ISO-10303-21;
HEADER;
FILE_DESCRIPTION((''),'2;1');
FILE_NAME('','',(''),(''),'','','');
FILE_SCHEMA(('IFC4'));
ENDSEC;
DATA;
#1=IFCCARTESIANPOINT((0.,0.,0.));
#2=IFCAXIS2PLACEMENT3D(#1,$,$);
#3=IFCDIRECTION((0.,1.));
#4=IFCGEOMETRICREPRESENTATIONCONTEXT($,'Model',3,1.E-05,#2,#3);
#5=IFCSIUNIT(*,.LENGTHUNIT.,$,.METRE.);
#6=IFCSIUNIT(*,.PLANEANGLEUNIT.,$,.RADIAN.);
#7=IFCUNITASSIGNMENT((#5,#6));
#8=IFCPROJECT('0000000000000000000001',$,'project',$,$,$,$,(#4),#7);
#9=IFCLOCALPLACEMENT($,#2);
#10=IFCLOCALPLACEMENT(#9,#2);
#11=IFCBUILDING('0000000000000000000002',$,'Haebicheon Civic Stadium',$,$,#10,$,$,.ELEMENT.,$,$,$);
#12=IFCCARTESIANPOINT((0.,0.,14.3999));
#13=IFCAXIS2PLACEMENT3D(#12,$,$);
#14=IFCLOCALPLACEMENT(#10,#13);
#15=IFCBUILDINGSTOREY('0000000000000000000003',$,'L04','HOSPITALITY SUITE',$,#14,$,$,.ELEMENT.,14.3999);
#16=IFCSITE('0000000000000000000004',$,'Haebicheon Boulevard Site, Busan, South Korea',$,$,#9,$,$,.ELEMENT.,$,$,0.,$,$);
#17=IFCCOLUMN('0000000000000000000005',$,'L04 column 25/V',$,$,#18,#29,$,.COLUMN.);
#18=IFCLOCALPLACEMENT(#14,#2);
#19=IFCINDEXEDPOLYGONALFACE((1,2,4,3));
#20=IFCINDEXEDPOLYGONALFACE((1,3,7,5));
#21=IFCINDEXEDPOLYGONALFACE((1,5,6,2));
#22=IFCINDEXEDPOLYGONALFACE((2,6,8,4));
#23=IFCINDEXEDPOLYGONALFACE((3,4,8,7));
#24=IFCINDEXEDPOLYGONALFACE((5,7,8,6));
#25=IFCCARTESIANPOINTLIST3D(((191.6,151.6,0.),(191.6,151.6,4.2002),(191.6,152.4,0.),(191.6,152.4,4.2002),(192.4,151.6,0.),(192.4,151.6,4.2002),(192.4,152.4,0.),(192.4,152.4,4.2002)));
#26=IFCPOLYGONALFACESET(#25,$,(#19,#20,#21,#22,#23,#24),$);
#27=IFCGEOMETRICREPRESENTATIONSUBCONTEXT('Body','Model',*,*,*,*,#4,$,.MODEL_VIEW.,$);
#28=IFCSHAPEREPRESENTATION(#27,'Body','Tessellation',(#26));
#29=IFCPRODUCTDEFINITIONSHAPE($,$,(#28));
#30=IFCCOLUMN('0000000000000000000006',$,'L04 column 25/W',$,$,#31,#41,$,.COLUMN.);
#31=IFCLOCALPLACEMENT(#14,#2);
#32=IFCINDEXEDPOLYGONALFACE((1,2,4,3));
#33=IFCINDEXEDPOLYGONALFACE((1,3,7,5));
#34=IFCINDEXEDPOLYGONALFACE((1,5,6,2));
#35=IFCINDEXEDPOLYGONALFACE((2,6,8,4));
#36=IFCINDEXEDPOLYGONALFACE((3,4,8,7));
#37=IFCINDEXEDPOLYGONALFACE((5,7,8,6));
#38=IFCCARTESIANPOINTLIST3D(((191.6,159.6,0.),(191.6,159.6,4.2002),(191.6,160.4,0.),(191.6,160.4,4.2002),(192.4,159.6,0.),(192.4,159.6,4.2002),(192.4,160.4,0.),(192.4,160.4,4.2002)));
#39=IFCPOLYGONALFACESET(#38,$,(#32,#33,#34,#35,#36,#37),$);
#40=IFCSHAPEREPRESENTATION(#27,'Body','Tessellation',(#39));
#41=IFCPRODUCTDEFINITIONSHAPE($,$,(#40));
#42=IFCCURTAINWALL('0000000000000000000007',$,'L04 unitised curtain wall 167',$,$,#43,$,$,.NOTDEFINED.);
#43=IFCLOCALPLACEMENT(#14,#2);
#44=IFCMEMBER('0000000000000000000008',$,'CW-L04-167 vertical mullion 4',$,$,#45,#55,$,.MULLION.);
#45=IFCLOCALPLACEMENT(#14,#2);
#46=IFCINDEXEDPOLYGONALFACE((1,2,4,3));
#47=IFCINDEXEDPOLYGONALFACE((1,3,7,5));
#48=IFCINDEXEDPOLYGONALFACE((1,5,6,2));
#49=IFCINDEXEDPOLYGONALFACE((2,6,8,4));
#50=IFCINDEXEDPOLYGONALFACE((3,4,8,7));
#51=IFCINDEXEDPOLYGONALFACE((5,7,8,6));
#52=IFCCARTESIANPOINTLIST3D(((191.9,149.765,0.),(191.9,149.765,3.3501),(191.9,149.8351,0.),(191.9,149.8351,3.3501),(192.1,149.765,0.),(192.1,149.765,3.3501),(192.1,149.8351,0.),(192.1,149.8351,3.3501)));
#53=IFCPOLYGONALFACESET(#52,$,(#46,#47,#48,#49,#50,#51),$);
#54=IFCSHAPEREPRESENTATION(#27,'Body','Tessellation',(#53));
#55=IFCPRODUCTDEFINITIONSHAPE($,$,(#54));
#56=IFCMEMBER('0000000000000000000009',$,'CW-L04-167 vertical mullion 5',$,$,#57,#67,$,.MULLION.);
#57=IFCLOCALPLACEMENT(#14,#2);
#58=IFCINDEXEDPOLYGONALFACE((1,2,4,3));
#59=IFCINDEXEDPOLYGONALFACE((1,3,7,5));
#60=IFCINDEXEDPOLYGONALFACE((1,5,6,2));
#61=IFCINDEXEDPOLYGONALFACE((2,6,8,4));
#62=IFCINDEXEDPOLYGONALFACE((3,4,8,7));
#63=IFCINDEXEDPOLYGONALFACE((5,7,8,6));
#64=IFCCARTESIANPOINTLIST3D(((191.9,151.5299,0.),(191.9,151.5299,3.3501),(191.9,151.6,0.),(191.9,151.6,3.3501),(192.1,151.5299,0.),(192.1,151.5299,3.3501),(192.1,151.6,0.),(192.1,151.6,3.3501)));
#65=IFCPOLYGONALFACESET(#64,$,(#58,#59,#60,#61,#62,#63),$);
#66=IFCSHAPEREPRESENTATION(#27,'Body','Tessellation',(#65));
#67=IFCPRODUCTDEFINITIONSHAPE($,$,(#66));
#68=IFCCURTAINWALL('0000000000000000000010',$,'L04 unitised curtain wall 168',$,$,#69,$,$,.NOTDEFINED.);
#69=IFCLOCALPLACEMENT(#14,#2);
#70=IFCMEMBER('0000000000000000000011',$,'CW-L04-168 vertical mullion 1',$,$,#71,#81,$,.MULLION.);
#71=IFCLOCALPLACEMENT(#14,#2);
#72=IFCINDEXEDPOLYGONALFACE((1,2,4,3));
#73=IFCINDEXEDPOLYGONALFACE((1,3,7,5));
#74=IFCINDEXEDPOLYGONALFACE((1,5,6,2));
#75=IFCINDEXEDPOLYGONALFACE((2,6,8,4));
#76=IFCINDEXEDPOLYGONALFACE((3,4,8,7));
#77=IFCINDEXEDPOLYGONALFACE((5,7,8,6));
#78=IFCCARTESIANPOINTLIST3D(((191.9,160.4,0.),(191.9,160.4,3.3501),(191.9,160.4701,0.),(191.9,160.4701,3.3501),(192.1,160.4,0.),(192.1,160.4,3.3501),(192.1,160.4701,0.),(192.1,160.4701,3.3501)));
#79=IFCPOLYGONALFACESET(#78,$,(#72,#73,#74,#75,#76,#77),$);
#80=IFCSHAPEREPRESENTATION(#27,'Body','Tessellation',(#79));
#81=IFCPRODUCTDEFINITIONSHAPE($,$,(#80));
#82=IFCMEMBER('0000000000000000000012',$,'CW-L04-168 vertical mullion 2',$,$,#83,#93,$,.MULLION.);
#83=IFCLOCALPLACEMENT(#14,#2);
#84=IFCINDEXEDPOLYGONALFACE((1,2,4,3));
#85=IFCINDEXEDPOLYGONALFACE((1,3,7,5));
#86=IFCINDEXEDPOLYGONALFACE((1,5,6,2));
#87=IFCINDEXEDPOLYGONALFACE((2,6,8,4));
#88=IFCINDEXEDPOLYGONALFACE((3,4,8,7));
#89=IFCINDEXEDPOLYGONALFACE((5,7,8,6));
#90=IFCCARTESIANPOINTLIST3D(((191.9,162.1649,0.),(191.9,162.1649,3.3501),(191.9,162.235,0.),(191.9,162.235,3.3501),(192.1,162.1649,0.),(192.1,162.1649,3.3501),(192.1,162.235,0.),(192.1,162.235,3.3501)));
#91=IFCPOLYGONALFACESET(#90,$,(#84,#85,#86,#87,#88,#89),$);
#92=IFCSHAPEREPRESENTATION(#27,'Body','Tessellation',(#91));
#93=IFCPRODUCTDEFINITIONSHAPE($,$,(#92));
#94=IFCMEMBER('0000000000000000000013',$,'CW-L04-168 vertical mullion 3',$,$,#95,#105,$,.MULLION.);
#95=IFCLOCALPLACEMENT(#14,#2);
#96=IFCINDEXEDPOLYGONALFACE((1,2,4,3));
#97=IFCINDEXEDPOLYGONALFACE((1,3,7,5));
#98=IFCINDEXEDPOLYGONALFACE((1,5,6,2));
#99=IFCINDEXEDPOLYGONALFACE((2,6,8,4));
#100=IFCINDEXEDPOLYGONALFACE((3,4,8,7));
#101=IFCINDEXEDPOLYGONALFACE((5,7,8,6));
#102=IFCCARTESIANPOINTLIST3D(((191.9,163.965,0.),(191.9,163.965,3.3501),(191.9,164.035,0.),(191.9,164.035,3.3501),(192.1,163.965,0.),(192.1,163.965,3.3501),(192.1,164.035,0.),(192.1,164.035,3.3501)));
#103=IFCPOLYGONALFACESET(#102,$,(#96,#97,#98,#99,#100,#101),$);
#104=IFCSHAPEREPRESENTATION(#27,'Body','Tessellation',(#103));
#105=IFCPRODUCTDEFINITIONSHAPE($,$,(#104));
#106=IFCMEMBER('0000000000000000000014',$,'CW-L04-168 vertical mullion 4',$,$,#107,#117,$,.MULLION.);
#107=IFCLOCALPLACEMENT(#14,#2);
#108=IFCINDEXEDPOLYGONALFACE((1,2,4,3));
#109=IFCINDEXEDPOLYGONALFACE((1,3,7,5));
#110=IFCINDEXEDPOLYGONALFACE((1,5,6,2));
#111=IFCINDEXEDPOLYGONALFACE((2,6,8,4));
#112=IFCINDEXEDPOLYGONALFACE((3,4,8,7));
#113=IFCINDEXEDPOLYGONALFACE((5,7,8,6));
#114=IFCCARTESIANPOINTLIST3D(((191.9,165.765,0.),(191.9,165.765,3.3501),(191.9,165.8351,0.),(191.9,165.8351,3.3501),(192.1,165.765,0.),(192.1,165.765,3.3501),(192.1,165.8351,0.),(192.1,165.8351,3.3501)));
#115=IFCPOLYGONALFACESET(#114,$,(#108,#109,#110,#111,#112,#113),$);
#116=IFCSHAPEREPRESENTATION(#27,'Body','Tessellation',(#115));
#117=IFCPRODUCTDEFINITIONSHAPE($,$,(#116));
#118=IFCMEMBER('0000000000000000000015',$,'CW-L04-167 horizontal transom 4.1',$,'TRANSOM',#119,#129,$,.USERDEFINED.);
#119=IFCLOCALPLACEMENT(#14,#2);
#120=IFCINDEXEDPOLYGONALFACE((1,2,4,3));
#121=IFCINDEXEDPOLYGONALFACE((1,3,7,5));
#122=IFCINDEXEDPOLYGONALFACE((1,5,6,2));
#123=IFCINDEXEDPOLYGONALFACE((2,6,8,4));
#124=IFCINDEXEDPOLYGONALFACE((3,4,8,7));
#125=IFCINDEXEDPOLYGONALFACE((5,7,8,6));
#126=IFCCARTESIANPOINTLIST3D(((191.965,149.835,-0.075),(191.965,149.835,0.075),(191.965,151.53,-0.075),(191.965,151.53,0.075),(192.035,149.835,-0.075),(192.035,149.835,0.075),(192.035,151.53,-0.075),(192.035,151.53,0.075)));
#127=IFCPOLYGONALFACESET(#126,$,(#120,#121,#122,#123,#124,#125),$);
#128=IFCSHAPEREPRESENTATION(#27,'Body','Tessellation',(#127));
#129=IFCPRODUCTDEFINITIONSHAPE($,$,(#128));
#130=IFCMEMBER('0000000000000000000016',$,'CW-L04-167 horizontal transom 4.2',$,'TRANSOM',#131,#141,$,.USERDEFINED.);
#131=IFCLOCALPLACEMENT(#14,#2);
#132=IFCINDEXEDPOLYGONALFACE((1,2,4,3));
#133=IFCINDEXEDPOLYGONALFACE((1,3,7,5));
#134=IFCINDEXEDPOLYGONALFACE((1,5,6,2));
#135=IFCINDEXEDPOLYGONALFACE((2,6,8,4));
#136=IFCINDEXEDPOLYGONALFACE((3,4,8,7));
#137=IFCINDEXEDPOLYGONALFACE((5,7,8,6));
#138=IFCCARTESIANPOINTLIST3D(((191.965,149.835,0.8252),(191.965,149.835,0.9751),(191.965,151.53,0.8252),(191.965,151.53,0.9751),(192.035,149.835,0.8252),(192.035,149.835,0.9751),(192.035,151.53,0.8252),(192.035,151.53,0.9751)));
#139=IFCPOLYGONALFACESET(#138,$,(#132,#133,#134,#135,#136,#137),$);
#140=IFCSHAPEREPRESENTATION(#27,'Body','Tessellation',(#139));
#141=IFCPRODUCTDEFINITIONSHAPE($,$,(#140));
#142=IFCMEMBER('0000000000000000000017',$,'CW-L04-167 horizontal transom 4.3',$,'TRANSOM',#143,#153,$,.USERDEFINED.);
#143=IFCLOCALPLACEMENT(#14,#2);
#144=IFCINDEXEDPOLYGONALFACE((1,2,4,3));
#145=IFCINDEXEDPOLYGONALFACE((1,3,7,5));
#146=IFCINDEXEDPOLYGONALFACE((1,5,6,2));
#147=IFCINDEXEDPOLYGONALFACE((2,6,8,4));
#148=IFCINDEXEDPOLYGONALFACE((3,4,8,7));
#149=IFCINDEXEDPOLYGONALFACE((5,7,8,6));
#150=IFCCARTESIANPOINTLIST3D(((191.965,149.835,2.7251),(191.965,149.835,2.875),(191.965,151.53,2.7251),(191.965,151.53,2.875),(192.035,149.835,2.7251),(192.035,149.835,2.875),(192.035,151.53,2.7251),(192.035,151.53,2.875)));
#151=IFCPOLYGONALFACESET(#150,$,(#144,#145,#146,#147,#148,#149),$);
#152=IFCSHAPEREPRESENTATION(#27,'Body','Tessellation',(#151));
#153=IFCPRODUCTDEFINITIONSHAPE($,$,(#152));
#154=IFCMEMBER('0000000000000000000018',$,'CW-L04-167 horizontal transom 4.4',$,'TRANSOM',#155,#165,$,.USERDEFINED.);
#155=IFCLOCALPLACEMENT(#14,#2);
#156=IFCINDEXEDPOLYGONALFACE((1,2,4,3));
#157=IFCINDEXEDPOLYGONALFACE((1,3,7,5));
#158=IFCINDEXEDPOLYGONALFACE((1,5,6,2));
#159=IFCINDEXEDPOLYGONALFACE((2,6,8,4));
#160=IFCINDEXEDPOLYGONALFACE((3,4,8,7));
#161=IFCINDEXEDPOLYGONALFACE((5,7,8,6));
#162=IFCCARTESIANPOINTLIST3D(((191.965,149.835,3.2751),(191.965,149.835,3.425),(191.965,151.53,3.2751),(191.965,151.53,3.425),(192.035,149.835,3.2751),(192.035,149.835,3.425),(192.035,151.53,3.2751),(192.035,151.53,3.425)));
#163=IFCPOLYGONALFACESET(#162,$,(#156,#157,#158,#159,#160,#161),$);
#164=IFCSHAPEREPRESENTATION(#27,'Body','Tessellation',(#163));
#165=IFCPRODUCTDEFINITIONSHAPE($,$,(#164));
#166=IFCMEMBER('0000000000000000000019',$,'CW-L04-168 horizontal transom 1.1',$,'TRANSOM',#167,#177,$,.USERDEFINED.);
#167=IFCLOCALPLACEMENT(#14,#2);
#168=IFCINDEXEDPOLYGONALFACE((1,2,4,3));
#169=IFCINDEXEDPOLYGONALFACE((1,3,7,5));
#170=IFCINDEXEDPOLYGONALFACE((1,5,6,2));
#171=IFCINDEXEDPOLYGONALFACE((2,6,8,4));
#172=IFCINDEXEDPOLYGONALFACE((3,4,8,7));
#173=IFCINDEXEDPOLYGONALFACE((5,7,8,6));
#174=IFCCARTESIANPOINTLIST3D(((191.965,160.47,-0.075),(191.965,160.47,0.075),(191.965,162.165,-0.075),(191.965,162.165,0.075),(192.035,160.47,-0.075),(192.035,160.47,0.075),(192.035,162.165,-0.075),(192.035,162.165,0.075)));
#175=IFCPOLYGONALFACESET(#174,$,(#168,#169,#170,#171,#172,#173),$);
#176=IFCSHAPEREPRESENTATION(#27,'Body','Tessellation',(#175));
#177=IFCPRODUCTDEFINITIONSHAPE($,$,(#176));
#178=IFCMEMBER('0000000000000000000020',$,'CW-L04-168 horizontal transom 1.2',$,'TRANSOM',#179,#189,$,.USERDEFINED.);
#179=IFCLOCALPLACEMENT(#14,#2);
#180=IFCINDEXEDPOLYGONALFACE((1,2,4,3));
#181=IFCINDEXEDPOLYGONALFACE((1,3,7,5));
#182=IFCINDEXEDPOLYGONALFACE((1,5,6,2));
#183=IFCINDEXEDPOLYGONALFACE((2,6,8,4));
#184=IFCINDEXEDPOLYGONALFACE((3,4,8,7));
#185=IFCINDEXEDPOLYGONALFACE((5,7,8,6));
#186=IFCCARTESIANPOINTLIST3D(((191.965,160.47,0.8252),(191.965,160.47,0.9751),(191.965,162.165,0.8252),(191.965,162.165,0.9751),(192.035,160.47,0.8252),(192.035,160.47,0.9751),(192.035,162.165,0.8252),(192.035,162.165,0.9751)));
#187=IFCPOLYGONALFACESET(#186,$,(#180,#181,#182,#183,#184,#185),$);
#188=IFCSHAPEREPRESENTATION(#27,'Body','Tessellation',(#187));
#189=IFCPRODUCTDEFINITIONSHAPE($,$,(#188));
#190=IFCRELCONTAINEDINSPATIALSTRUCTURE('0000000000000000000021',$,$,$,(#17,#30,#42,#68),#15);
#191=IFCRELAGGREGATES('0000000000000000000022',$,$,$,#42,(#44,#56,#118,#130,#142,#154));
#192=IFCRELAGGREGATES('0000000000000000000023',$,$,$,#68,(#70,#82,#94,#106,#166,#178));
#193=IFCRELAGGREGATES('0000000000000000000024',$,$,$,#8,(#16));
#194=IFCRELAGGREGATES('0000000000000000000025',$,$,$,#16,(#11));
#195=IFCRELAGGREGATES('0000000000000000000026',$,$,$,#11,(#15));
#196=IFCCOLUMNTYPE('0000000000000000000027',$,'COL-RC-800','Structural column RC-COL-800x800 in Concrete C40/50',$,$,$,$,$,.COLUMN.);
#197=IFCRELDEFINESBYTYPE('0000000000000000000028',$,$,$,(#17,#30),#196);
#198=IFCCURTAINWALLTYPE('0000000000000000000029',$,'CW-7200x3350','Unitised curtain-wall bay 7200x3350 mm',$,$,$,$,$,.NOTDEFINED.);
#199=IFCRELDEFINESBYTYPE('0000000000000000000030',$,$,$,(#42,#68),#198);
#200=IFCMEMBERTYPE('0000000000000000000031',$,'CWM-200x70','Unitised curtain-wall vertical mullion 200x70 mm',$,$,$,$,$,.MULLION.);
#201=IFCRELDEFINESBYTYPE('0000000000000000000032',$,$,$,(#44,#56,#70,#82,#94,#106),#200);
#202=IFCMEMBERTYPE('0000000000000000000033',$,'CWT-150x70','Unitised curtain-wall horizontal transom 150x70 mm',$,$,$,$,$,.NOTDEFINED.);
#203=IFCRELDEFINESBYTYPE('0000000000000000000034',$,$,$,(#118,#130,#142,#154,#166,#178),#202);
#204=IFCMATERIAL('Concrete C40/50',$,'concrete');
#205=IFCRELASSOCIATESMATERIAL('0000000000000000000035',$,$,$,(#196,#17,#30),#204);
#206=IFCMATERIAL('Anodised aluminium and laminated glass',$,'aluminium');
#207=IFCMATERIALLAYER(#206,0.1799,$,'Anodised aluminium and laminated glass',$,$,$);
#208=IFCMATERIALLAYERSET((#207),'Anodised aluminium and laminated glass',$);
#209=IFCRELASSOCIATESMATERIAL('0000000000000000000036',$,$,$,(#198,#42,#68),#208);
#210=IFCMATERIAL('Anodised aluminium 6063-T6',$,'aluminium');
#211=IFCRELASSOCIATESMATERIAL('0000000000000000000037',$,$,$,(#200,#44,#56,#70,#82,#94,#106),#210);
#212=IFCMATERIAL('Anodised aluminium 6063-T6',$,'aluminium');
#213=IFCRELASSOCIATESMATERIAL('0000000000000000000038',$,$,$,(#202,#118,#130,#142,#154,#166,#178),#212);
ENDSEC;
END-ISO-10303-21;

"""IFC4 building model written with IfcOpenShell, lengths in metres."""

from ifc_helpers import new_model, si_unit, direction, frame, origin, origin_2d, place, context, subcontext, project, spatial, rectangle, extrude, material, layer, layer_set, material_profile, profile_set, type_object, element, aggregate, save


model = new_model("IFC4")

# Units and contexts
model_context = context("Model", 3, precision=1e-05, world=origin(), true_north=direction((0.0, 1.0)))
body_context = subcontext(model_context, "Body", "Model", "MODEL_VIEW")
ifc_project = project(units=[si_unit("LENGTHUNIT", "METRE"), si_unit("PLANEANGLEUNIT", "RADIAN")], contexts=[model_context])

# Site, building, storey
site_placement = place(None, origin())
site = spatial("IfcSite", under=ifc_project, at=site_placement, Name="Haebicheon Boulevard Site, Busan, South Korea", CompositionType="ELEMENT", RefElevation=0.0)
building_placement = place(site_placement, origin())
building = spatial("IfcBuilding", under=site, at=building_placement, Name="Haebicheon Civic Stadium", CompositionType="ELEMENT")
storey_placement = place(building_placement, frame((0.0, 0.0, 14.3999)))
storey = spatial("IfcBuildingStorey", under=building, at=storey_placement, Name="L04", Description="HOSPITALITY SUITE", CompositionType="ELEMENT", Elevation=14.3999)

# Columns
ifc_material_1 = material(Name="Concrete C40/50", Category="concrete")
ifc_material_profile_1 = material_profile(ifc_material_1, rectangle(XDim=0.8, YDim=0.8, at=origin_2d()), Name="RC-COL-800x800")
ifc_profile_set_1 = profile_set([ifc_material_profile_1], Name="Concrete C40/50")
column_type = type_object("IfcColumnType", Name="COL-RC-800", Description="Structural column RC-COL-800x800 in Concrete C40/50", PredefinedType="COLUMN", material=ifc_profile_set_1)
for number, where, z_axis, x_axis, name in (
    (1, (192.0, 152.0, 0.0), (0.0, 0.0, 1.0), (1.0, 0.0, 0.0), "L04 column 25/V"),
    (2, (192.0, 160.0, 0.0), (0.0, 0.0, 1.0), (1.0, 0.0, 0.0), "L04 column 25/W"),
):
    element("IfcColumn", number, at=place(storey_placement, frame(where, z_axis=z_axis, x_axis=x_axis)), inside=storey, type_object=column_type, material=ifc_profile_set_1, Name=name, PredefinedType="COLUMN", context=body_context, shape_type="SweptSolid", body=[
        extrude(rectangle(XDim=0.8, YDim=0.8, at=origin_2d()), origin(), (0.0, 0.0, 1.0), 4.2002),
    ])

# Curtain walls, members
ifc_material_2 = material(Name="Anodised aluminium and laminated glass", Category="aluminium")
ifc_layer_1 = layer(ifc_material_2, 0.1799, Name="Anodised aluminium and laminated glass")
ifc_layer_set_1 = layer_set([ifc_layer_1], Name="Anodised aluminium and laminated glass")
curtain_wall_type = type_object("IfcCurtainWallType", Name="CW-7200x3350", Description="Unitised curtain-wall bay 7200x3350 mm", PredefinedType="NOTDEFINED", material=ifc_layer_set_1)
curtain_wall_1_placement = place(storey_placement, origin())
curtain_wall_1 = element("IfcCurtainWall", 3, at=curtain_wall_1_placement, inside=storey, type_object=curtain_wall_type, material=ifc_layer_set_1, Name="L04 unitised curtain wall 167", PredefinedType="NOTDEFINED")
ifc_material_3 = material(Name="Anodised aluminium 6063-T6", Category="aluminium")
ifc_material_profile_2 = material_profile(ifc_material_3, rectangle(XDim=0.0701, YDim=0.2, at=origin_2d()), Name="ALU-MULL-70x200")
ifc_profile_set_2 = profile_set([ifc_material_profile_2], Name="Anodised aluminium 6063-T6")
member_type_1 = type_object("IfcMemberType", Name="CWM-200x70", Description="Unitised curtain-wall vertical mullion 200x70 mm", PredefinedType="MULLION", material=ifc_profile_set_2)
member_1_placement = place(storey_placement, frame((192.0, 149.8, 0.0), z_axis=(0.0, 0.0, 1.0), x_axis=(0.0, 1.0, 0.0)))
member_1 = element("IfcMember", 4, at=member_1_placement, type_object=member_type_1, material=ifc_profile_set_2, Name="CW-L04-167 vertical mullion 4", PredefinedType="MULLION", context=body_context, shape_type="SweptSolid", body=[
    extrude(rectangle(XDim=0.0701, YDim=0.2, at=origin_2d()), origin(), (0.0, 0.0, 1.0), 3.3501),
])
member_2_placement = place(storey_placement, frame((192.0, 151.5649, 0.0), z_axis=(0.0, 0.0, 1.0), x_axis=(0.0, 1.0, 0.0)))
member_2 = element("IfcMember", 5, at=member_2_placement, type_object=member_type_1, material=ifc_profile_set_2, Name="CW-L04-167 vertical mullion 5", PredefinedType="MULLION", context=body_context, shape_type="SweptSolid", body=[
    extrude(rectangle(XDim=0.0701, YDim=0.2, at=origin_2d()), origin(), (0.0, 0.0, 1.0), 3.3501),
])
curtain_wall_2_placement = place(storey_placement, origin())
curtain_wall_2 = element("IfcCurtainWall", 6, at=curtain_wall_2_placement, inside=storey, type_object=curtain_wall_type, material=ifc_layer_set_1, Name="L04 unitised curtain wall 168", PredefinedType="NOTDEFINED")
member_3_placement = place(storey_placement, frame((192.0, 160.4351, 0.0), z_axis=(0.0, 0.0, 1.0), x_axis=(0.0, 1.0, 0.0)))
member_3 = element("IfcMember", 7, at=member_3_placement, type_object=member_type_1, material=ifc_profile_set_2, Name="CW-L04-168 vertical mullion 1", PredefinedType="MULLION", context=body_context, shape_type="SweptSolid", body=[
    extrude(rectangle(XDim=0.0701, YDim=0.2, at=origin_2d()), origin(), (0.0, 0.0, 1.0), 3.3501),
])
member_4_placement = place(storey_placement, frame((192.0, 162.2, 0.0), z_axis=(0.0, 0.0, 1.0), x_axis=(0.0, 1.0, 0.0)))
member_4 = element("IfcMember", 8, at=member_4_placement, type_object=member_type_1, material=ifc_profile_set_2, Name="CW-L04-168 vertical mullion 2", PredefinedType="MULLION", context=body_context, shape_type="SweptSolid", body=[
    extrude(rectangle(XDim=0.0701, YDim=0.2, at=origin_2d()), origin(), (0.0, 0.0, 1.0), 3.3501),
])
member_5_placement = place(storey_placement, frame((192.0, 164.0, 0.0), z_axis=(0.0, 0.0, 1.0), x_axis=(0.0, 1.0, 0.0)))
member_5 = element("IfcMember", 9, at=member_5_placement, type_object=member_type_1, material=ifc_profile_set_2, Name="CW-L04-168 vertical mullion 3", PredefinedType="MULLION", context=body_context, shape_type="SweptSolid", body=[
    extrude(rectangle(XDim=0.0701, YDim=0.2, at=origin_2d()), origin(), (0.0, 0.0, 1.0), 3.3501),
])
member_6_placement = place(storey_placement, frame((192.0, 165.8, 0.0), z_axis=(0.0, 0.0, 1.0), x_axis=(0.0, 1.0, 0.0)))
member_6 = element("IfcMember", 10, at=member_6_placement, type_object=member_type_1, material=ifc_profile_set_2, Name="CW-L04-168 vertical mullion 4", PredefinedType="MULLION", context=body_context, shape_type="SweptSolid", body=[
    extrude(rectangle(XDim=0.0701, YDim=0.2, at=origin_2d()), origin(), (0.0, 0.0, 1.0), 3.3501),
])

# Members
ifc_material_4 = material(Name="Anodised aluminium 6063-T6", Category="aluminium")
ifc_material_profile_3 = material_profile(ifc_material_4, rectangle(XDim=0.0701, YDim=0.1499, at=origin_2d()), Name="ALU-TRAN-70x150")
ifc_profile_set_3 = profile_set([ifc_material_profile_3], Name="Anodised aluminium 6063-T6")
member_type_2 = type_object("IfcMemberType", Name="CWT-150x70", Description="Unitised curtain-wall horizontal transom 150x70 mm", PredefinedType="NOTDEFINED", material=ifc_profile_set_3)
member_7_placement = place(storey_placement, frame((192.0, 149.835, 0.0), z_axis=(0.0, 1.0, 0.0), x_axis=(-1.0, 0.0, 0.0)))
member_7 = element("IfcMember", 11, at=member_7_placement, type_object=member_type_2, material=ifc_profile_set_3, Name="CW-L04-167 horizontal transom 4.1", ObjectType="TRANSOM", PredefinedType="USERDEFINED", context=body_context, shape_type="SweptSolid", body=[
    extrude(rectangle(XDim=0.0701, YDim=0.1499, at=origin_2d()), origin(), (0.0, 0.0, 1.0), 1.6951),
])
member_8_placement = place(storey_placement, frame((192.0, 149.835, 0.9001), z_axis=(0.0, 1.0, 0.0), x_axis=(-1.0, 0.0, 0.0)))
member_8 = element("IfcMember", 12, at=member_8_placement, type_object=member_type_2, material=ifc_profile_set_3, Name="CW-L04-167 horizontal transom 4.2", ObjectType="TRANSOM", PredefinedType="USERDEFINED", context=body_context, shape_type="SweptSolid", body=[
    extrude(rectangle(XDim=0.0701, YDim=0.1499, at=origin_2d()), origin(), (0.0, 0.0, 1.0), 1.6951),
])
member_9_placement = place(storey_placement, frame((192.0, 149.835, 2.8), z_axis=(0.0, 1.0, 0.0), x_axis=(-1.0, 0.0, 0.0)))
member_9 = element("IfcMember", 13, at=member_9_placement, type_object=member_type_2, material=ifc_profile_set_3, Name="CW-L04-167 horizontal transom 4.3", ObjectType="TRANSOM", PredefinedType="USERDEFINED", context=body_context, shape_type="SweptSolid", body=[
    extrude(rectangle(XDim=0.0701, YDim=0.1499, at=origin_2d()), origin(), (0.0, 0.0, 1.0), 1.6951),
])
member_10_placement = place(storey_placement, frame((192.0, 149.835, 3.3501), z_axis=(0.0, 1.0, 0.0), x_axis=(-1.0, 0.0, 0.0)))
member_10 = element("IfcMember", 14, at=member_10_placement, type_object=member_type_2, material=ifc_profile_set_3, Name="CW-L04-167 horizontal transom 4.4", ObjectType="TRANSOM", PredefinedType="USERDEFINED", context=body_context, shape_type="SweptSolid", body=[
    extrude(rectangle(XDim=0.0701, YDim=0.1499, at=origin_2d()), origin(), (0.0, 0.0, 1.0), 1.6951),
])
member_11_placement = place(storey_placement, frame((192.0, 160.47, 0.0), z_axis=(0.0, 1.0, 0.0), x_axis=(-1.0, 0.0, 0.0)))
member_11 = element("IfcMember", 15, at=member_11_placement, type_object=member_type_2, material=ifc_profile_set_3, Name="CW-L04-168 horizontal transom 1.1", ObjectType="TRANSOM", PredefinedType="USERDEFINED", context=body_context, shape_type="SweptSolid", body=[
    extrude(rectangle(XDim=0.0701, YDim=0.1499, at=origin_2d()), origin(), (0.0, 0.0, 1.0), 1.6951),
])
member_12_placement = place(storey_placement, frame((192.0, 160.47, 0.9001), z_axis=(0.0, 1.0, 0.0), x_axis=(-1.0, 0.0, 0.0)))
member_12 = element("IfcMember", 16, at=member_12_placement, type_object=member_type_2, material=ifc_profile_set_3, Name="CW-L04-168 horizontal transom 1.2", ObjectType="TRANSOM", PredefinedType="USERDEFINED", context=body_context, shape_type="SweptSolid", body=[
    extrude(rectangle(XDim=0.0701, YDim=0.1499, at=origin_2d()), origin(), (0.0, 0.0, 1.0), 1.6951),
])

aggregate(curtain_wall_1, [member_1, member_2, member_7, member_8, member_9, member_10])
aggregate(curtain_wall_2, [member_3, member_4, member_5, member_6, member_11, member_12])

save(model, "model.ifc")
